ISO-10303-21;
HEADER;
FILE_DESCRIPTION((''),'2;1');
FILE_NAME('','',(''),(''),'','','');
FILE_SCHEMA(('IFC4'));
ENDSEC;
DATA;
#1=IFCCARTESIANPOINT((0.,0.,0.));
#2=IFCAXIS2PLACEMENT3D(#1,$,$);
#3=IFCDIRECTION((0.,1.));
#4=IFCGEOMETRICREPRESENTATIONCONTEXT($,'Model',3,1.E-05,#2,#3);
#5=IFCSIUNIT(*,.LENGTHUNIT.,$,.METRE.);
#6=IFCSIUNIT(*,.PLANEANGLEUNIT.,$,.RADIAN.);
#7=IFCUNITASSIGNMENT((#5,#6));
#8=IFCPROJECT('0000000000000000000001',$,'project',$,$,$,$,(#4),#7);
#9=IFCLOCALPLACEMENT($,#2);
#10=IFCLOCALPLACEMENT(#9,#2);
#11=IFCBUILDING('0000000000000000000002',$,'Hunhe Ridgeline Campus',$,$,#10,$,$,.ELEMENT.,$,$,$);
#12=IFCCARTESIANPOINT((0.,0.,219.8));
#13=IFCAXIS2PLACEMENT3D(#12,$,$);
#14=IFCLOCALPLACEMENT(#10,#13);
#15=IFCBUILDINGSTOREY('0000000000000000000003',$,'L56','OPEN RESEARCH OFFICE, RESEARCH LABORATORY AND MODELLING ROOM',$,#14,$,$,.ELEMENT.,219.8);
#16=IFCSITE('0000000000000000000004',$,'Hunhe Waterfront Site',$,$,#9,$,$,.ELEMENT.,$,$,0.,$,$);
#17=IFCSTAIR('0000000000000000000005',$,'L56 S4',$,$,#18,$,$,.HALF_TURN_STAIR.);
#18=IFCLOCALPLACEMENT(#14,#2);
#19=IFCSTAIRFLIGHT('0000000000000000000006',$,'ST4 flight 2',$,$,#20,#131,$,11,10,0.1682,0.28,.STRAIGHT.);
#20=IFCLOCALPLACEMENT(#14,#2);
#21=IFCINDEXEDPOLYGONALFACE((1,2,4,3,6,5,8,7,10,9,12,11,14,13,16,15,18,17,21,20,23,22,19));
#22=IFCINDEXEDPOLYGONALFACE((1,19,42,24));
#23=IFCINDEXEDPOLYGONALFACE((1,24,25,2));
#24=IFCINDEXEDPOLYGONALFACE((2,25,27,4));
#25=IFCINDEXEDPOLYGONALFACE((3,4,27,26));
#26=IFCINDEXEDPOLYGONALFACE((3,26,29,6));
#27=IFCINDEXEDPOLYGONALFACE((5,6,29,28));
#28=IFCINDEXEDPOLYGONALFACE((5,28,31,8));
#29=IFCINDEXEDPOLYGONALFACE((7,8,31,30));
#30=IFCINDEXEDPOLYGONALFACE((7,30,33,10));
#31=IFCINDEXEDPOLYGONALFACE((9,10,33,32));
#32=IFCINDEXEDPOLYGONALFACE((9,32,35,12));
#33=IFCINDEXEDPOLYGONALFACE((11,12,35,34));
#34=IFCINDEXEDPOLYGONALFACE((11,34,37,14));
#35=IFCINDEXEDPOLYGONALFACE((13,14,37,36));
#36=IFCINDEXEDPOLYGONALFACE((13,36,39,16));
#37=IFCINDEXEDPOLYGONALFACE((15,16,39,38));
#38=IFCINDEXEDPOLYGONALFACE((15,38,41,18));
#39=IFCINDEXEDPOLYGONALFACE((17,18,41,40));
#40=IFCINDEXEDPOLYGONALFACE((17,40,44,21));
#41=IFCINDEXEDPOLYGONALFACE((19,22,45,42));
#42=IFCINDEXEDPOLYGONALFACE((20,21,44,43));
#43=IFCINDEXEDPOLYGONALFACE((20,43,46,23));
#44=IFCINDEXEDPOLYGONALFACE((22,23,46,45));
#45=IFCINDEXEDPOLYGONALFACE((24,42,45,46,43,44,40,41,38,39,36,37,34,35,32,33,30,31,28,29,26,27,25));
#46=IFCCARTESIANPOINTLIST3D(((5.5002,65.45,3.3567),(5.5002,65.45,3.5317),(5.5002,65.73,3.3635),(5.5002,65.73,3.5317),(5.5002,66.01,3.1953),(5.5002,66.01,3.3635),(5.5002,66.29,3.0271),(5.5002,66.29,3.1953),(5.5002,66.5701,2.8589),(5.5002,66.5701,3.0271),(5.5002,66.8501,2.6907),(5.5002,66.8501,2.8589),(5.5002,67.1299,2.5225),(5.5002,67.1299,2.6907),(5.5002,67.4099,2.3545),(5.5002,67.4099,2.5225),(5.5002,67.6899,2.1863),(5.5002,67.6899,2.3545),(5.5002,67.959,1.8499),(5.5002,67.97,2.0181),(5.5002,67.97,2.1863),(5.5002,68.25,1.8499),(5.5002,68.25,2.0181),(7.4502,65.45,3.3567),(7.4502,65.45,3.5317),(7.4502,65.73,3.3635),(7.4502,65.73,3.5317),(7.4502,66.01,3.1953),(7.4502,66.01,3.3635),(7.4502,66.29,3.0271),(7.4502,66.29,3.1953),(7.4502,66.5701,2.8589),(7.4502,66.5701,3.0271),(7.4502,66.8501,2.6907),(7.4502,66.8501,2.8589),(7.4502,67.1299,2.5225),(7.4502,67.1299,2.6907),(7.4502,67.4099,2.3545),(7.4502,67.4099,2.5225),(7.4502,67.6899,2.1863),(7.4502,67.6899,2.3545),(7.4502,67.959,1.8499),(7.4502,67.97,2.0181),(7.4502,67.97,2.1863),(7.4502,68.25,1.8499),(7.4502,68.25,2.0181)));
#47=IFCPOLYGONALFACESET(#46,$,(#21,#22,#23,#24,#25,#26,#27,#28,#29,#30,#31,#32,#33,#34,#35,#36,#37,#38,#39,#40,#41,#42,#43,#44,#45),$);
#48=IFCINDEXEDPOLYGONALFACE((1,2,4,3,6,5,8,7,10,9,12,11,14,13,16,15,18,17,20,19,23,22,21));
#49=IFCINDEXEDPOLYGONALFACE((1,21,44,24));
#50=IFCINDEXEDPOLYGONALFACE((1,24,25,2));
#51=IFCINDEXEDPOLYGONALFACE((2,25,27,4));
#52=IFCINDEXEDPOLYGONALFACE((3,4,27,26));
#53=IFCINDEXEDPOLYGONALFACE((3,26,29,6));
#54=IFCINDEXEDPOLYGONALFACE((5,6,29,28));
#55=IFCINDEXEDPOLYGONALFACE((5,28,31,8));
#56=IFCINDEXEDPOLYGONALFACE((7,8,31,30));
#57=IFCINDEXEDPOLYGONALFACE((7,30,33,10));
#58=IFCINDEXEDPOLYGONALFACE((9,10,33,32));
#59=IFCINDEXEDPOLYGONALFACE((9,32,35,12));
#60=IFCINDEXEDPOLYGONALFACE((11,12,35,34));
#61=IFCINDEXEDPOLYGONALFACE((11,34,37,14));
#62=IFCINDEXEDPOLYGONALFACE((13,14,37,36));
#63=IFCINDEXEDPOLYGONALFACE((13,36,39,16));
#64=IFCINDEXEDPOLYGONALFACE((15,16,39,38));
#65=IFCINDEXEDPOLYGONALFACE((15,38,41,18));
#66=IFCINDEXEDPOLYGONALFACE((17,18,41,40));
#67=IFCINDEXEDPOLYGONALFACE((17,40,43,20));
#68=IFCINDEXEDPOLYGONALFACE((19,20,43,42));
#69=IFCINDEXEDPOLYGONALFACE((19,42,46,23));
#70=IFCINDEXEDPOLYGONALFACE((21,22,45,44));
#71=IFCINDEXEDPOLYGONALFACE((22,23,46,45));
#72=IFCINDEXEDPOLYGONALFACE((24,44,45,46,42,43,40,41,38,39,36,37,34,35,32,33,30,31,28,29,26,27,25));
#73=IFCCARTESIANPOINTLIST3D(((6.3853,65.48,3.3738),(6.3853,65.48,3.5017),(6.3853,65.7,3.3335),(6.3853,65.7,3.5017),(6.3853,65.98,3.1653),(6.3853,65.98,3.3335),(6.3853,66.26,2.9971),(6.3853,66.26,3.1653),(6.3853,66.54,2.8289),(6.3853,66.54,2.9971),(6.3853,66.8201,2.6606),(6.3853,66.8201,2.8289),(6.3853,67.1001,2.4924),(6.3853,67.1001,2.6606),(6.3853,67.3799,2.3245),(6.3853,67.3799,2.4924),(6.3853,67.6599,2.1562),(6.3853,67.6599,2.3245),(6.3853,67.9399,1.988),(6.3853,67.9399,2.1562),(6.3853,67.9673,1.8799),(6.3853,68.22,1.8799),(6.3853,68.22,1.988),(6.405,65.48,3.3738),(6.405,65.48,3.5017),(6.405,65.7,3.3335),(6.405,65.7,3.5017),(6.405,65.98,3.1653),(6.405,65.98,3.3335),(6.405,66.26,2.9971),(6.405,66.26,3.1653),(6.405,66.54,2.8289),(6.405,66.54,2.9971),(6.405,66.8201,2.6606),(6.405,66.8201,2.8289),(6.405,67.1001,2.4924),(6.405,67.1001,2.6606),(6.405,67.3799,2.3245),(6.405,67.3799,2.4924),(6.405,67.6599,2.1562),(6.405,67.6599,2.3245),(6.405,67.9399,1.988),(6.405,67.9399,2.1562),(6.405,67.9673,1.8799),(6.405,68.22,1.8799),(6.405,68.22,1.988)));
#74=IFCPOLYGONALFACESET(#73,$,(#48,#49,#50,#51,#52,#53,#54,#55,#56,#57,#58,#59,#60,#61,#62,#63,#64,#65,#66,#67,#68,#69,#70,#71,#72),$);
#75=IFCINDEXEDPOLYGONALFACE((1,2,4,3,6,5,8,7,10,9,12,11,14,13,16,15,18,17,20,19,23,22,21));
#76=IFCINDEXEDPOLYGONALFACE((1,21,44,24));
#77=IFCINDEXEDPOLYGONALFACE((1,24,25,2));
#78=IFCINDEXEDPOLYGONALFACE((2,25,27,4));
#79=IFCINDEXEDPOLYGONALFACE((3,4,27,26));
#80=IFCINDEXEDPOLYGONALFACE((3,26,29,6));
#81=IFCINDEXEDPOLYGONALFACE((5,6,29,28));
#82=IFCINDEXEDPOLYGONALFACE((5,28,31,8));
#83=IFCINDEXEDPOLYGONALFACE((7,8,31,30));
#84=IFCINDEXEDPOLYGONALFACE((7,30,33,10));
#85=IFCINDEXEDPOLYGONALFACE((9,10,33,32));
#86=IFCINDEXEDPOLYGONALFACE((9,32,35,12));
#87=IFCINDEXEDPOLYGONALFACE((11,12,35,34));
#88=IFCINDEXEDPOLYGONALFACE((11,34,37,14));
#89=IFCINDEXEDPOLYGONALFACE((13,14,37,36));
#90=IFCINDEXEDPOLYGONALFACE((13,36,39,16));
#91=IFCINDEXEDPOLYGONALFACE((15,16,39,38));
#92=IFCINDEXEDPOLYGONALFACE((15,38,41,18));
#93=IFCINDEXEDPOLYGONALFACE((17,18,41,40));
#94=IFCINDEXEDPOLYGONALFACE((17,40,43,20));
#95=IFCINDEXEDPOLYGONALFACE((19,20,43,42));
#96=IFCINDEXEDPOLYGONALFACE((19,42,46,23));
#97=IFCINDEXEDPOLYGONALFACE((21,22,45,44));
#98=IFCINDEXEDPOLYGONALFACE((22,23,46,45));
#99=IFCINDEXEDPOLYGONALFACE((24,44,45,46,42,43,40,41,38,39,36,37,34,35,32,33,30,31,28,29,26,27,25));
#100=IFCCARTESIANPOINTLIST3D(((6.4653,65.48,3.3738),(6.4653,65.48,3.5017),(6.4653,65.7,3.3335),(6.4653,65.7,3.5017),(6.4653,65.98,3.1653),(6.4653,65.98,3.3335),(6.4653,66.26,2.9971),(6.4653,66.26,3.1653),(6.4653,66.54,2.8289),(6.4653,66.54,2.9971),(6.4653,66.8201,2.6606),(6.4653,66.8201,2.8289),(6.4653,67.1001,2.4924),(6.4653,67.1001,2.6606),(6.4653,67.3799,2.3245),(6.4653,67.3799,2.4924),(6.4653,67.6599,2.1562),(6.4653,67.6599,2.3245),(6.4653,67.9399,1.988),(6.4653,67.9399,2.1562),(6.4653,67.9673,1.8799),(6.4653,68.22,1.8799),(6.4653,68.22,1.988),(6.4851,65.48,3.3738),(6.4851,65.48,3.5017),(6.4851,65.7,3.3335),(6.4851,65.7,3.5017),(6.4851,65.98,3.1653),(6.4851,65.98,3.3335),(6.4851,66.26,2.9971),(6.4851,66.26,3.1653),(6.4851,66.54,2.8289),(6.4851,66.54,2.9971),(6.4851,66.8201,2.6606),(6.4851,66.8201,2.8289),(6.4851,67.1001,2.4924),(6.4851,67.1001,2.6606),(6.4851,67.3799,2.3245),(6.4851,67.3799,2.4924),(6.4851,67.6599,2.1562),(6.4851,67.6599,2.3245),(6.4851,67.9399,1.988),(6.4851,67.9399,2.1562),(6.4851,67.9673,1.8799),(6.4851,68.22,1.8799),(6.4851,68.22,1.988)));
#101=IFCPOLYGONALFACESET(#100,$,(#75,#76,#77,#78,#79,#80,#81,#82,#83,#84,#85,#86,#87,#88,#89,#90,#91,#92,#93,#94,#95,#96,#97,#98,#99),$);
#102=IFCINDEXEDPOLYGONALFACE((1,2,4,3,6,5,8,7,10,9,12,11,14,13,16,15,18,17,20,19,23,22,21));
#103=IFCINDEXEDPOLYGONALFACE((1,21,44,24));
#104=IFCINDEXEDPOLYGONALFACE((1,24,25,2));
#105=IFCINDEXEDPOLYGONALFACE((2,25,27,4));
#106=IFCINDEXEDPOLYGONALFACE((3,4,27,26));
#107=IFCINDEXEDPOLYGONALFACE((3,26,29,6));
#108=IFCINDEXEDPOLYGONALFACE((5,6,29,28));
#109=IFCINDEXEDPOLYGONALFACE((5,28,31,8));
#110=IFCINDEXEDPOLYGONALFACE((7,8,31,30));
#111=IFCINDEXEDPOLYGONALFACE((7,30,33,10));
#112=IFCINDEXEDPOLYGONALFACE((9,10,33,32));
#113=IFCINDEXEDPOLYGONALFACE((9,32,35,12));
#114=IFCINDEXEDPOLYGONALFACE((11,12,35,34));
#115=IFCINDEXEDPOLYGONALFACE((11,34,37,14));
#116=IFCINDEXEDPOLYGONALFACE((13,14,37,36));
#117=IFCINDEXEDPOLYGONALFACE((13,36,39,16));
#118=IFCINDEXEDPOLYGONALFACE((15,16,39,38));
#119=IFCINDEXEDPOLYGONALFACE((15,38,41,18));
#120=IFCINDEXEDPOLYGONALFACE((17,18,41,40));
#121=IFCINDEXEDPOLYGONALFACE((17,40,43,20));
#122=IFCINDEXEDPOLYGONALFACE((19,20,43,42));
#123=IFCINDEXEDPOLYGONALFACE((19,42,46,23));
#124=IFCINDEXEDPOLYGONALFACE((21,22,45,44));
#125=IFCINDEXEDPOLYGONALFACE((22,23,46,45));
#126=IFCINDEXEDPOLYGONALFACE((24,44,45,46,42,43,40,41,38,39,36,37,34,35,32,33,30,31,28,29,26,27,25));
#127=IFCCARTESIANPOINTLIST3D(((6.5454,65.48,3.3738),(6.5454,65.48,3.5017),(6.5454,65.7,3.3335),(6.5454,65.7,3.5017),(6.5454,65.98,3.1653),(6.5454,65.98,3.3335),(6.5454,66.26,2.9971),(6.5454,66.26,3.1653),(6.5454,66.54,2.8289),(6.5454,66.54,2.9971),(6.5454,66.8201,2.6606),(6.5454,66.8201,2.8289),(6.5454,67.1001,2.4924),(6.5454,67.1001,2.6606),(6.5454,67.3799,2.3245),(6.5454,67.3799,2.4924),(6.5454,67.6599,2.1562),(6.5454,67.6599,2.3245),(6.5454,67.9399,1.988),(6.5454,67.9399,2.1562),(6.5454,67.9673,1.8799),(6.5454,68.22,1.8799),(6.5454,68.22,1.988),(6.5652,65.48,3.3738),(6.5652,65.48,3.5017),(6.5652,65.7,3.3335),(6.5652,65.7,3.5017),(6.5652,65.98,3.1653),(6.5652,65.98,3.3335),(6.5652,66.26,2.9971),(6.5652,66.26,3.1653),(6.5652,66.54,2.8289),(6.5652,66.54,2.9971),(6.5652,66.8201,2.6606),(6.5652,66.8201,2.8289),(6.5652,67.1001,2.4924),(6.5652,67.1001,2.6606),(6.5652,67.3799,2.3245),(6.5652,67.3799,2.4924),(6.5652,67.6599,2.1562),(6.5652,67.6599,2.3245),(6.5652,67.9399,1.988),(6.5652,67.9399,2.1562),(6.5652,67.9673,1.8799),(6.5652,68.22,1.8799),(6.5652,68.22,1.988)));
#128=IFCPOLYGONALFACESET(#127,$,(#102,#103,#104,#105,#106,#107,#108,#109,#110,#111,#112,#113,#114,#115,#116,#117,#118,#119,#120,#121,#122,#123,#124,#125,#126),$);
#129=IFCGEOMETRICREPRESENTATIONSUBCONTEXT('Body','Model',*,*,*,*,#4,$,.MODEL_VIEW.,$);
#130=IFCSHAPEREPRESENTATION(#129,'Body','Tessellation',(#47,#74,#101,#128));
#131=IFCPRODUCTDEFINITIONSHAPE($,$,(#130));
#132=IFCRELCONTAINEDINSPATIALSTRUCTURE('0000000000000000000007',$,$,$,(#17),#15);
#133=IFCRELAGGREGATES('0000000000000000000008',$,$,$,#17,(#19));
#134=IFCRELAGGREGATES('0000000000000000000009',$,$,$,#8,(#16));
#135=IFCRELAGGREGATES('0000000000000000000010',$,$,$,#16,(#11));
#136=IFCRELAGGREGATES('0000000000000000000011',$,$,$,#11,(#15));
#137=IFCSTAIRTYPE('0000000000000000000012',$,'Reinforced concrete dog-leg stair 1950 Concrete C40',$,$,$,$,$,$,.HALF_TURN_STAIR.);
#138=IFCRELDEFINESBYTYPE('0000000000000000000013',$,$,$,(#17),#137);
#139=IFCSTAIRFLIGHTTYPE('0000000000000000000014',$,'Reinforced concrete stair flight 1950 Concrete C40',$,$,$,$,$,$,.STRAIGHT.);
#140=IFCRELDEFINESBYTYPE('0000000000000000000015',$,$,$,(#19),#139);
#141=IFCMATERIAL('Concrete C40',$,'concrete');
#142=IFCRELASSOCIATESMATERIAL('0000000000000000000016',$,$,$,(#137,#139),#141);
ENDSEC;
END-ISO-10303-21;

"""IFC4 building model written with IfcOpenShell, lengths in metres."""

from ifc_helpers import new_model, si_unit, direction, frame, origin, place, context, subcontext, project, spatial, polyline, outline, extrude, material, type_object, element, aggregate, save


model = new_model("IFC4")

# Units and contexts
model_context = context("Model", 3, precision=1e-05, world=origin(), true_north=direction((0.0, 1.0)))
body_context = subcontext(model_context, "Body", "Model", "MODEL_VIEW")
ifc_project = project(units=[si_unit("LENGTHUNIT", "METRE"), si_unit("PLANEANGLEUNIT", "RADIAN")], contexts=[model_context])

# Site, building, storey
site_placement = place(None, origin())
site = spatial("IfcSite", under=ifc_project, at=site_placement, Name="Hunhe Waterfront Site", CompositionType="ELEMENT", RefElevation=0.0)
building_placement = place(site_placement, origin())
building = spatial("IfcBuilding", under=site, at=building_placement, Name="Hunhe Ridgeline Campus", CompositionType="ELEMENT")
storey_placement = place(building_placement, frame((0.0, 0.0, 219.8)))
storey = spatial("IfcBuildingStorey", under=building, at=storey_placement, Name="L56", Description="OPEN RESEARCH OFFICE, RESEARCH LABORATORY AND MODELLING ROOM", CompositionType="ELEMENT", Elevation=219.8)

# Stair, stair flight
ifc_material_1 = material(Name="Concrete C40", Category="concrete")
stair_type = type_object("IfcStairType", Name="Reinforced concrete dog-leg stair 1950 Concrete C40", PredefinedType="HALF_TURN_STAIR", material=ifc_material_1)
stair_flight_type = type_object("IfcStairFlightType", Name="Reinforced concrete stair flight 1950 Concrete C40", PredefinedType="STRAIGHT", material=ifc_material_1)
stair_1_placement = place(storey_placement, origin())
stair_1 = element("IfcStair", 1, at=stair_1_placement, inside=storey, type_object=stair_type, Name="L56 S4", PredefinedType="HALF_TURN_STAIR")
stair_flight_1_placement = place(storey_placement, frame((6.4751, 68.25, 1.8499), z_axis=(0.0, 0.0, 1.0), x_axis=(0.0, -1.0, 0.0)))
stair_flight_1 = element("IfcStairFlight", 2, at=stair_flight_1_placement, type_object=stair_flight_type, Name="ST4 flight 2", NumberOfRisers=11, NumberOfTreads=10, PredefinedType="STRAIGHT", RiserHeight=0.1682, TreadLength=0.28, context=body_context, shape_type="SweptSolid", body=[
    extrude(outline(polyline([(0.0, 0.0), (0.0, 0.1682), (0.28, 0.1682), (0.28, 0.3364), (0.5601, 0.3364), (0.5601, 0.5046), (0.8401, 0.5046), (0.8401, 0.6726), (1.1201, 0.6726), (1.1201, 0.8408), (1.3999, 0.8408), (1.3999, 1.009), (1.6799, 1.009), (1.6799, 1.1772), (1.96, 1.1772), (1.96, 1.3455), (2.24, 1.3455), (2.24, 1.5137), (2.52, 1.5137), (2.52, 1.6819), (2.8, 1.6819), (2.8, 1.8501), (2.8, 1.5068), (0.291, 0.0), (0.0, 0.0)])), frame((0.0, 0.9751, 0.0), z_axis=(0.0, -1.0, 0.0), x_axis=(1.0, 0.0, 0.0)), (0.0, 0.0, 1.0), 1.95),
    extrude(outline(polyline([(0.03, 0.03), (0.03, 0.1382), (0.3101, 0.1382), (0.3101, 0.3064), (0.5901, 0.3064), (0.5901, 0.4746), (0.8701, 0.4746), (0.8701, 0.6426), (1.1499, 0.6426), (1.1499, 0.8108), (1.4299, 0.8108), (1.4299, 0.979), (1.71, 0.979), (1.71, 1.1472), (1.99, 1.1472), (1.99, 1.3154), (2.27, 1.3154), (2.27, 1.4836), (2.55, 1.4836), (2.55, 1.6519), (2.77, 1.6519), (2.77, 1.5239), (0.2827, 0.03), (0.03, 0.03)])), frame((0.0, -0.0701, 0.0), z_axis=(0.0, -1.0, 0.0), x_axis=(1.0, 0.0, 0.0)), (0.0, 0.0, 1.0), 0.0198),
    extrude(outline(polyline([(0.03, 0.03), (0.03, 0.1382), (0.3101, 0.1382), (0.3101, 0.3064), (0.5901, 0.3064), (0.5901, 0.4746), (0.8701, 0.4746), (0.8701, 0.6426), (1.1499, 0.6426), (1.1499, 0.8108), (1.4299, 0.8108), (1.4299, 0.979), (1.71, 0.979), (1.71, 1.1472), (1.99, 1.1472), (1.99, 1.3154), (2.27, 1.3154), (2.27, 1.4836), (2.55, 1.4836), (2.55, 1.6519), (2.77, 1.6519), (2.77, 1.5239), (0.2827, 0.03), (0.03, 0.03)])), frame((0.0, 0.01, 0.0), z_axis=(0.0, -1.0, 0.0), x_axis=(1.0, 0.0, 0.0)), (0.0, 0.0, 1.0), 0.0198),
    extrude(outline(polyline([(0.03, 0.03), (0.03, 0.1382), (0.3101, 0.1382), (0.3101, 0.3064), (0.5901, 0.3064), (0.5901, 0.4746), (0.8701, 0.4746), (0.8701, 0.6426), (1.1499, 0.6426), (1.1499, 0.8108), (1.4299, 0.8108), (1.4299, 0.979), (1.71, 0.979), (1.71, 1.1472), (1.99, 1.1472), (1.99, 1.3154), (2.27, 1.3154), (2.27, 1.4836), (2.55, 1.4836), (2.55, 1.6519), (2.77, 1.6519), (2.77, 1.5239), (0.2827, 0.03), (0.03, 0.03)])), frame((0.0, 0.0901, 0.0), z_axis=(0.0, -1.0, 0.0), x_axis=(1.0, 0.0, 0.0)), (0.0, 0.0, 1.0), 0.0198),
])
aggregate(stair_1, [stair_flight_1])

save(model, "model.ifc")
